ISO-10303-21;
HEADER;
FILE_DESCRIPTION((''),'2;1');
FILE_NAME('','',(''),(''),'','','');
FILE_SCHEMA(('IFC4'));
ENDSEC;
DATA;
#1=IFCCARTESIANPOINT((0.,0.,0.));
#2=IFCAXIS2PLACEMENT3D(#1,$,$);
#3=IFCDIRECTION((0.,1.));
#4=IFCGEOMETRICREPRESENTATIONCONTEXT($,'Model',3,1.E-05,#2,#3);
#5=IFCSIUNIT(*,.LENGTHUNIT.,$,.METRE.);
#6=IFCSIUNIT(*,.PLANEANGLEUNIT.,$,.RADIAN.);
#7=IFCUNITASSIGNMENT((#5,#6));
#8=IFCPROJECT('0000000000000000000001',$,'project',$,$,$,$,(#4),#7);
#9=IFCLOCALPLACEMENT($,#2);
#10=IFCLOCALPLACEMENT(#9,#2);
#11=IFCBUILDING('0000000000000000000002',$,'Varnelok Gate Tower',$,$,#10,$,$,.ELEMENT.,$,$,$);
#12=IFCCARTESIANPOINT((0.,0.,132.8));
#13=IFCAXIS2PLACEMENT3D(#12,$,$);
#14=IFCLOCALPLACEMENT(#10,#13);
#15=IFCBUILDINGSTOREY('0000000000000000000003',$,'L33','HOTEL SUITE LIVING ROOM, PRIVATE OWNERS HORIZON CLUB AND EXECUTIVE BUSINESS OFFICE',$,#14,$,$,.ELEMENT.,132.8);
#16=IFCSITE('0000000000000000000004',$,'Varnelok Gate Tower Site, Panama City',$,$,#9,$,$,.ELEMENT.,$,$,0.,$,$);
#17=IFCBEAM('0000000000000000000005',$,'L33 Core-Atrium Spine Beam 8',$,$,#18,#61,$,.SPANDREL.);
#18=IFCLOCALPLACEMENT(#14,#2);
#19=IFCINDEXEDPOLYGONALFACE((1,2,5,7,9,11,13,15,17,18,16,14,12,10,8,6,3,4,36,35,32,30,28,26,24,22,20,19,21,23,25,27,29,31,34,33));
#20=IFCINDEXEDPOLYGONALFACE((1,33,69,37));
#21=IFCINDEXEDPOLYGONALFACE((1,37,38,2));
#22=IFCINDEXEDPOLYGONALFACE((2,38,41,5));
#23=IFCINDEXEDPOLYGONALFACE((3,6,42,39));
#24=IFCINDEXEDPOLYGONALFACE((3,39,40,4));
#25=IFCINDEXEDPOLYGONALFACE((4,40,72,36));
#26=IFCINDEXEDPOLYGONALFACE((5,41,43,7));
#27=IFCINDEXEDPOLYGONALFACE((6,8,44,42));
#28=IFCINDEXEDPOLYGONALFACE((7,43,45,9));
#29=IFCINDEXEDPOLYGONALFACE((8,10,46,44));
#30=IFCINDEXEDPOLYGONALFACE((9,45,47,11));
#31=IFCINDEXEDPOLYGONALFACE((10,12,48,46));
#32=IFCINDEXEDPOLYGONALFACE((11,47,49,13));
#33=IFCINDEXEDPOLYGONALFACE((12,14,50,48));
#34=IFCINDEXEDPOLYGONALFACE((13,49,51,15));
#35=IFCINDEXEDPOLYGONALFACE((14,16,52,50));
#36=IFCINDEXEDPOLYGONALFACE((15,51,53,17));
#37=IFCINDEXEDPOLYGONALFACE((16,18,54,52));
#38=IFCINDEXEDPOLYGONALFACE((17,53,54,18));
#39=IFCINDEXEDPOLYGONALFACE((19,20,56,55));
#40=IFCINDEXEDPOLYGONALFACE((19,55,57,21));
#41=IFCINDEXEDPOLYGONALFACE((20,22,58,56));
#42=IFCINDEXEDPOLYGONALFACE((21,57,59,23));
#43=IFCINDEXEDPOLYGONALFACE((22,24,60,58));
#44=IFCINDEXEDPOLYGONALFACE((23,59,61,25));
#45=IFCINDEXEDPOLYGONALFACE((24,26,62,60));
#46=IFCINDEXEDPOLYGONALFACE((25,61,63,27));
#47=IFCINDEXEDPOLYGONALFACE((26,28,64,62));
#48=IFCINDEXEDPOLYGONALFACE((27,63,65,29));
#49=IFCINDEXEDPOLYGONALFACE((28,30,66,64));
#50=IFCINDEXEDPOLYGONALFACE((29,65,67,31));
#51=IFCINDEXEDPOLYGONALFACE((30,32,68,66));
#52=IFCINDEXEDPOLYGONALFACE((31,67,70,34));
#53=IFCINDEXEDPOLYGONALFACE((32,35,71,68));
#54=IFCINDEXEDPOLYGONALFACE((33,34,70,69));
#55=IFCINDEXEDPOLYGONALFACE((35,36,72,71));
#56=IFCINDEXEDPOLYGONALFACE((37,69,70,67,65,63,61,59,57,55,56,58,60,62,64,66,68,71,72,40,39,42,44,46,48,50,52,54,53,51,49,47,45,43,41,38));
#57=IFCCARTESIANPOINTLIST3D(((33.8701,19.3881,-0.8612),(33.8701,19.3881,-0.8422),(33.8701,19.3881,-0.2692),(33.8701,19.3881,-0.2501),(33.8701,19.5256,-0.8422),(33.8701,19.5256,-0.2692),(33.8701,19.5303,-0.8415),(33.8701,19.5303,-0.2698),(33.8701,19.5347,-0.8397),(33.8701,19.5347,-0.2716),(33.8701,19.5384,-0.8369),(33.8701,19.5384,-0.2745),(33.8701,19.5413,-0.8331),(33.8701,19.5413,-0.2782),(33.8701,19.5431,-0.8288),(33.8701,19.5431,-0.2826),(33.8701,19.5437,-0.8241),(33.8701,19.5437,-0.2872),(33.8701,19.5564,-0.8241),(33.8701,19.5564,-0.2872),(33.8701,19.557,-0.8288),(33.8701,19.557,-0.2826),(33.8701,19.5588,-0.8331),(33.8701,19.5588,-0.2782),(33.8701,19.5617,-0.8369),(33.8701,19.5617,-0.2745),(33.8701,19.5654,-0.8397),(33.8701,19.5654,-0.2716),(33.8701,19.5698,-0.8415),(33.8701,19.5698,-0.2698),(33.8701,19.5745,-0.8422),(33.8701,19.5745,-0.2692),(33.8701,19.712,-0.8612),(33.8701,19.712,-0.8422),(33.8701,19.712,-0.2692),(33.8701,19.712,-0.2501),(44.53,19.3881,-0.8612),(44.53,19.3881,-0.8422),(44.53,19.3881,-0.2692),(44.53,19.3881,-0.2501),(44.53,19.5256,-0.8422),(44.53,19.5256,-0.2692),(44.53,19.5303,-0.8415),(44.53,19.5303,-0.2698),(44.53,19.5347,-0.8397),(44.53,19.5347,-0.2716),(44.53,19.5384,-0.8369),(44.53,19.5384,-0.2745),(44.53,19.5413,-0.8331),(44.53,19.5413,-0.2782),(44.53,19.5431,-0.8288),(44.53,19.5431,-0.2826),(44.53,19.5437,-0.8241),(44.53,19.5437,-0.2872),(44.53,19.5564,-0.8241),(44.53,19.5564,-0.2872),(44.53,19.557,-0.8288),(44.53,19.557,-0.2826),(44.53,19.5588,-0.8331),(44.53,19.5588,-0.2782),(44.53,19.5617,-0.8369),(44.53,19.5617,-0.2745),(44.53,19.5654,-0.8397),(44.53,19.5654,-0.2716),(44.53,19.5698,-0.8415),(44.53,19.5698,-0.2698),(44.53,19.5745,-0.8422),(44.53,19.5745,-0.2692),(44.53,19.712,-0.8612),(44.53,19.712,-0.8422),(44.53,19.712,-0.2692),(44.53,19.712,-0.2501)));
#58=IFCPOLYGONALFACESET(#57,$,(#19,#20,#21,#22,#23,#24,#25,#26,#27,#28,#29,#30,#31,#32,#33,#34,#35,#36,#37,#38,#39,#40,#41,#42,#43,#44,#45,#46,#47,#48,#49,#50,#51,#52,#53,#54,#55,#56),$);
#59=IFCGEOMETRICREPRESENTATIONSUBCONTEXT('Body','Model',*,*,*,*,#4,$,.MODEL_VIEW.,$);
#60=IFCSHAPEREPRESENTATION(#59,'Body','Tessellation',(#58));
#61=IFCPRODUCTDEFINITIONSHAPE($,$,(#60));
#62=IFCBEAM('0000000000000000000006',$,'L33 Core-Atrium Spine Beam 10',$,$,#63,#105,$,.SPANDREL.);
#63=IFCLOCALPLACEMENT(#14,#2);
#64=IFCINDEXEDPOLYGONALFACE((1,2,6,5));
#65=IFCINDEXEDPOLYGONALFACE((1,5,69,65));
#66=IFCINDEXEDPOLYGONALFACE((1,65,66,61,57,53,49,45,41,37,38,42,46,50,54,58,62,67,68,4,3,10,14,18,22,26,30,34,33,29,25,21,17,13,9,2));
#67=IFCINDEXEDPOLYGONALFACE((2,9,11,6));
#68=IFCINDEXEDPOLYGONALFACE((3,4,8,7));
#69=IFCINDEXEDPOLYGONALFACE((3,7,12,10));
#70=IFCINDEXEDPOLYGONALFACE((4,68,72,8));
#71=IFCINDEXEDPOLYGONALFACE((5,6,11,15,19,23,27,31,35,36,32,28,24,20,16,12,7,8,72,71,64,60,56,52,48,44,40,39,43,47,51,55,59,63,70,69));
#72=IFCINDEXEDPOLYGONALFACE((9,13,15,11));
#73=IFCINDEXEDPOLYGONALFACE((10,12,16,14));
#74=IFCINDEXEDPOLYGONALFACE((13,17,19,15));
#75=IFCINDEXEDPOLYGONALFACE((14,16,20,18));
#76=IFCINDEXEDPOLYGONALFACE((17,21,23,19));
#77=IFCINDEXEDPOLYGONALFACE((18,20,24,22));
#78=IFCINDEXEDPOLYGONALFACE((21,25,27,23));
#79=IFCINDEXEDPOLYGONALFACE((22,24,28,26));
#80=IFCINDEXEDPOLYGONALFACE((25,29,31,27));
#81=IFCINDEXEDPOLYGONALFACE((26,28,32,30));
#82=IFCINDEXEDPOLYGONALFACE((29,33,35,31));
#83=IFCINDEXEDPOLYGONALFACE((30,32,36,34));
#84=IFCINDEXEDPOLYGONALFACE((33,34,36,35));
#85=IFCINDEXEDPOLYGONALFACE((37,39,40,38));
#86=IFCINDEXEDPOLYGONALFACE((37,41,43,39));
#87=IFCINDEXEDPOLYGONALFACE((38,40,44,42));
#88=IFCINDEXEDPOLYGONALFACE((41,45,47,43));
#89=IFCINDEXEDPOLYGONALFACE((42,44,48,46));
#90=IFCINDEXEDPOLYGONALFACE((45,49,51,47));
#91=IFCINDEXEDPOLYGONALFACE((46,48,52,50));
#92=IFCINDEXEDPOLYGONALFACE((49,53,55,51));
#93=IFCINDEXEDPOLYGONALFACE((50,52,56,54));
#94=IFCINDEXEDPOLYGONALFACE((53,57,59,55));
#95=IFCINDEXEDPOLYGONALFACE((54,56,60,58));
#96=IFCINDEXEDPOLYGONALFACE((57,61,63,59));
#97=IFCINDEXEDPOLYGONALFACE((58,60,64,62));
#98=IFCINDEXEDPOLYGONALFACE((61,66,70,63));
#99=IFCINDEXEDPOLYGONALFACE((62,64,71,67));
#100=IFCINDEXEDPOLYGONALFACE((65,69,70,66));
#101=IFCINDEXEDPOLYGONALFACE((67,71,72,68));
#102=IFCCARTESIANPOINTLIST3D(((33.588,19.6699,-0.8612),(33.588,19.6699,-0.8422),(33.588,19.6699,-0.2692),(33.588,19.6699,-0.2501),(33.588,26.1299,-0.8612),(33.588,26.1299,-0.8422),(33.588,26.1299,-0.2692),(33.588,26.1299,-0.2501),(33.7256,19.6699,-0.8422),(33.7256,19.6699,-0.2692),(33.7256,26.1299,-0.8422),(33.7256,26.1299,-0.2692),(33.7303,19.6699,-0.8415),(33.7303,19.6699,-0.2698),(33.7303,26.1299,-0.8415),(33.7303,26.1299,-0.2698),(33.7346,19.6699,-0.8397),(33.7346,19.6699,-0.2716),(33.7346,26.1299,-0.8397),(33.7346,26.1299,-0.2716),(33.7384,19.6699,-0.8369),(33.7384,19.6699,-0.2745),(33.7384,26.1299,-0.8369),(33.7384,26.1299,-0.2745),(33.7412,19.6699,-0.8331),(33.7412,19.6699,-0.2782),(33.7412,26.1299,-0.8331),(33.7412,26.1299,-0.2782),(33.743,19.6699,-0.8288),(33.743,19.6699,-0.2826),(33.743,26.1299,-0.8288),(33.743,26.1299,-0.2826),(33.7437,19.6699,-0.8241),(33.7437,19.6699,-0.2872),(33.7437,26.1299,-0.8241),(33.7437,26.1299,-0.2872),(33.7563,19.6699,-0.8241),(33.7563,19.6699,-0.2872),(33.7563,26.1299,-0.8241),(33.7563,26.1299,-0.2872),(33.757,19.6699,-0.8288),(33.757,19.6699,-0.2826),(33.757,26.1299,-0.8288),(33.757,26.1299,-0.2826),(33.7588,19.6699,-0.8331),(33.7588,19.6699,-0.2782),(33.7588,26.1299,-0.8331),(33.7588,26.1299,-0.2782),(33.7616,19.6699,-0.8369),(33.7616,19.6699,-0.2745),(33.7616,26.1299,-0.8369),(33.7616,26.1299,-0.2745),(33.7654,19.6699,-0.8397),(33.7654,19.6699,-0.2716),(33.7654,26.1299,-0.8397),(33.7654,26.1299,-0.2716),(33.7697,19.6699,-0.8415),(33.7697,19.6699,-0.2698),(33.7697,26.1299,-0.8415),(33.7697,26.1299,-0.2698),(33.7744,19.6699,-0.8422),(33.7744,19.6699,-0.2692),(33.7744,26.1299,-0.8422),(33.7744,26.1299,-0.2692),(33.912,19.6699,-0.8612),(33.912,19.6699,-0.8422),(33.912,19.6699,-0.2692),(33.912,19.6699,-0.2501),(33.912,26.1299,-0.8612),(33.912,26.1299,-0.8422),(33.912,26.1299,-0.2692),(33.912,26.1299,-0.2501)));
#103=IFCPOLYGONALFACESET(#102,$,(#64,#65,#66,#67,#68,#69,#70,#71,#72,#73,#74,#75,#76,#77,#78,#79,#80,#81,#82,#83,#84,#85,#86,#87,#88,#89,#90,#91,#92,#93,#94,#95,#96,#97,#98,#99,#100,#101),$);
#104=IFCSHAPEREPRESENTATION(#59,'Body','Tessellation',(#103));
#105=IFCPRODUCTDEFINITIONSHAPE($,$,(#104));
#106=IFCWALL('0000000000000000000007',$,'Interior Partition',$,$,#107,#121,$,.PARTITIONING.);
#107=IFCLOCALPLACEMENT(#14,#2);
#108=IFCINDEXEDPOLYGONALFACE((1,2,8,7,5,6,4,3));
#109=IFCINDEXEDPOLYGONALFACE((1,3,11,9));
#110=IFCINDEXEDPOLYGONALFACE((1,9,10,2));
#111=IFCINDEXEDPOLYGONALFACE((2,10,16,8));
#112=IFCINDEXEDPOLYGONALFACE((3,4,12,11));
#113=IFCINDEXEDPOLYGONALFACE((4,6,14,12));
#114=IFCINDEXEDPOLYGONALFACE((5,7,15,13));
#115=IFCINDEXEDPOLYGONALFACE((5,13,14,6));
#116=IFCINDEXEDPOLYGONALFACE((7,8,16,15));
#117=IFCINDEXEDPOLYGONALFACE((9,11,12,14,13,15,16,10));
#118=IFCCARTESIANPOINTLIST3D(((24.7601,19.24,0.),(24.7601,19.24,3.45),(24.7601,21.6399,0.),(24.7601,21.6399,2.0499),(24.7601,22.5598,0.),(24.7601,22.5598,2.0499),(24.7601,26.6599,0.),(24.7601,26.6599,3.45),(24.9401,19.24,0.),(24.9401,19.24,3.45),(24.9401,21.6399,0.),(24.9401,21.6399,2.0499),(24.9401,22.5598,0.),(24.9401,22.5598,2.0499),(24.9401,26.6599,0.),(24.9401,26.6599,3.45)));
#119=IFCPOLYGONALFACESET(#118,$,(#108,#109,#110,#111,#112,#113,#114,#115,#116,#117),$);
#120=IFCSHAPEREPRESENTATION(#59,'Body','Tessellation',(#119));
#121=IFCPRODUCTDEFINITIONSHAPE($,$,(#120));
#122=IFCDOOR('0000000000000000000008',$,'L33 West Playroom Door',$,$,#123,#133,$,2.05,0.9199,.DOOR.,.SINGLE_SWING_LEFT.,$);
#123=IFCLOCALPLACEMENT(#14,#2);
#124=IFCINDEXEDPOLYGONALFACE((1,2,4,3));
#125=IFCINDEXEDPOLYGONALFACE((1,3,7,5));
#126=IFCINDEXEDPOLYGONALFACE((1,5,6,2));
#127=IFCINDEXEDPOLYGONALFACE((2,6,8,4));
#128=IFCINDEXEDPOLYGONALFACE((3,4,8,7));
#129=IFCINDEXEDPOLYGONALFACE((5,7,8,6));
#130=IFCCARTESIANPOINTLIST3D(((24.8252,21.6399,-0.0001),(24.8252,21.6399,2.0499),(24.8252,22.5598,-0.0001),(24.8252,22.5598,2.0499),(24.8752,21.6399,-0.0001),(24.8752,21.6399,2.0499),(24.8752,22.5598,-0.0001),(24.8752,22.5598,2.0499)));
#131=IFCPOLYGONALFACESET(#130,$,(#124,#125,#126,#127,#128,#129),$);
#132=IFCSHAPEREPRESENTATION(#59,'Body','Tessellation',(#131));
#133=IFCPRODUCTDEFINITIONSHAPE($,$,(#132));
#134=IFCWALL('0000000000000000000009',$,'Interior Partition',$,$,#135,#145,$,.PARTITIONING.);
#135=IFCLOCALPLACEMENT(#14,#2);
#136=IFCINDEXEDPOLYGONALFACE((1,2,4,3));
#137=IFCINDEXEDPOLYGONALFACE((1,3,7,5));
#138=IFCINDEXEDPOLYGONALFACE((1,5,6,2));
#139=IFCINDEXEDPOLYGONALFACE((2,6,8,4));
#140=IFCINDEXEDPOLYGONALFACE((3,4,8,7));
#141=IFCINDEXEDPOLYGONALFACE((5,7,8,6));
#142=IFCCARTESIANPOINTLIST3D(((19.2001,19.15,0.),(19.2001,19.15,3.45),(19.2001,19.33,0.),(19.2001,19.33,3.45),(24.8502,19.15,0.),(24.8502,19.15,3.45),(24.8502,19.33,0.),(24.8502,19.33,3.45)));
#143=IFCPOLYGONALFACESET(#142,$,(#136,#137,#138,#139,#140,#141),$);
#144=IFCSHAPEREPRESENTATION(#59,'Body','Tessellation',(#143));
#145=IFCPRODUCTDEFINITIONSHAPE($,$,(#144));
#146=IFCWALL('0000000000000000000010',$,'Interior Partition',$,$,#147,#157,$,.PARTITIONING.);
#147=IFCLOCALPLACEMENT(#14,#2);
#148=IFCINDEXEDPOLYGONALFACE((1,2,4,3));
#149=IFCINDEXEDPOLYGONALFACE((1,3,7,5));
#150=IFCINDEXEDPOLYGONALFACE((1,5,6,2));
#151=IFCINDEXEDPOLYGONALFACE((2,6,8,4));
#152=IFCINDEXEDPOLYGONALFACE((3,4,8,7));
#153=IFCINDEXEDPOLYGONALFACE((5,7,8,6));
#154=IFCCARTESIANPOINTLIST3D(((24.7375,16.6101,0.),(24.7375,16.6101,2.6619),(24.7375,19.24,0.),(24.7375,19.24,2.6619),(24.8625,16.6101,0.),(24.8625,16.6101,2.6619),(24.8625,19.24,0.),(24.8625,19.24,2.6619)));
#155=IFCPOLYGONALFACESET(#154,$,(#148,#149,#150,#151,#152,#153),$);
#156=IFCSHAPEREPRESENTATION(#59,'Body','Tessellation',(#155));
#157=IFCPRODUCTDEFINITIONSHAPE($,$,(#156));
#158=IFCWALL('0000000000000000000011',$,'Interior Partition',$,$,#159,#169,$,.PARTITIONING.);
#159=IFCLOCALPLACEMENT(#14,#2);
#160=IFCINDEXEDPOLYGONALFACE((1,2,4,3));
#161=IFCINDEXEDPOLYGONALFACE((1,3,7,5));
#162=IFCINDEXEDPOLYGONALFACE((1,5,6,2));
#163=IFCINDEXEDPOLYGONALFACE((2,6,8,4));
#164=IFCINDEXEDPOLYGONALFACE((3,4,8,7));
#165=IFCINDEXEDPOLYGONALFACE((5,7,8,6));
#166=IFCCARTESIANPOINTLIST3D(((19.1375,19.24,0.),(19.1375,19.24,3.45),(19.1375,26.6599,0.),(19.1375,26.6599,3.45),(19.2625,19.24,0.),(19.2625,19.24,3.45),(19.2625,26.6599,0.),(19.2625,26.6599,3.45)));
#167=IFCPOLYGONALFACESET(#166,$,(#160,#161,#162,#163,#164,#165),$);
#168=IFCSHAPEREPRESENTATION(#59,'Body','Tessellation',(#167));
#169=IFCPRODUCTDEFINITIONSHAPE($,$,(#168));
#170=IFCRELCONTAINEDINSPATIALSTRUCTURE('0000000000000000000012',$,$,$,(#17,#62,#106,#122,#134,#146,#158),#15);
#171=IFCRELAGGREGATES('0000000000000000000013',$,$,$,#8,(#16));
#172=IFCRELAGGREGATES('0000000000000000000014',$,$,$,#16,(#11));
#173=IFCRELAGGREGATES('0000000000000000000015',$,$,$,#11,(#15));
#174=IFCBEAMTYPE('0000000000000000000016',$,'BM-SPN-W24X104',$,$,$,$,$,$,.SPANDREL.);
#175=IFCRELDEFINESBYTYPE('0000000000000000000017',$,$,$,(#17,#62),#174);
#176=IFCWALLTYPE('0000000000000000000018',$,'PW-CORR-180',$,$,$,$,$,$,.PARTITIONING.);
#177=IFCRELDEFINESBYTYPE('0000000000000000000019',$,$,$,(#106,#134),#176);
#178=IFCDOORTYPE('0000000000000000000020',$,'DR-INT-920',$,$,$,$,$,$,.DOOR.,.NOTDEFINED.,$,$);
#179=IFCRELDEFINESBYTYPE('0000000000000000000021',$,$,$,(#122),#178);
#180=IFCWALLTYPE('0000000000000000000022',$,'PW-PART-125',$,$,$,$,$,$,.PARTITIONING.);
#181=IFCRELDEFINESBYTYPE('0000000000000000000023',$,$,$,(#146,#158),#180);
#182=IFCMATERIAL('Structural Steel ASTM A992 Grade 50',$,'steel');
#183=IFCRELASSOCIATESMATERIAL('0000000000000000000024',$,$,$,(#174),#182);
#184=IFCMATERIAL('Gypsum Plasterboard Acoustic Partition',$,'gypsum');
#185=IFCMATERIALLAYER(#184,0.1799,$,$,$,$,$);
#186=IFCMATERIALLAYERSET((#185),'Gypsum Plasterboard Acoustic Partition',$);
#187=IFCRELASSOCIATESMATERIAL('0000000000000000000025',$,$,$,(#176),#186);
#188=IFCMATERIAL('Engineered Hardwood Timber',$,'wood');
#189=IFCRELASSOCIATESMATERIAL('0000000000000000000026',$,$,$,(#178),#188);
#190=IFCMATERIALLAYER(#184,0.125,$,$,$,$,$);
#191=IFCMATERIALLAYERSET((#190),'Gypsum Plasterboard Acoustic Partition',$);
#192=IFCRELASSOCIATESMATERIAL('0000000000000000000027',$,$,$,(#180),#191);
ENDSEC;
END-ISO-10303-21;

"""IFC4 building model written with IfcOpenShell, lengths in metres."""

from ifc_helpers import new_model, si_unit, direction, frame, frame_2d, origin, origin_2d, place, context, subcontext, project, spatial, rectangle, i_section, extrude, material, layer, layer_set, material_profile, profile_set, type_object, element, fill, save


model = new_model("IFC4")

# Units and contexts
model_context = context("Model", 3, precision=1e-05, world=origin(), true_north=direction((0.0, 1.0)))
body_context = subcontext(model_context, "Body", "Model", "MODEL_VIEW")
ifc_project = project(units=[si_unit("LENGTHUNIT", "METRE"), si_unit("PLANEANGLEUNIT", "RADIAN")], contexts=[model_context])

# Site, building, storey
site_placement = place(None, origin())
site = spatial("IfcSite", under=ifc_project, at=site_placement, Name="Varnelok Gate Tower Site, Panama City", CompositionType="ELEMENT", RefElevation=0.0)
building_placement = place(site_placement, origin())
building = spatial("IfcBuilding", under=site, at=building_placement, Name="Varnelok Gate Tower", CompositionType="ELEMENT")
storey_placement = place(building_placement, frame((0.0, 0.0, 132.8)))
storey = spatial("IfcBuildingStorey", under=building, at=storey_placement, Name="L33", Description="HOTEL SUITE LIVING ROOM, PRIVATE OWNERS HORIZON CLUB AND EXECUTIVE BUSINESS OFFICE", CompositionType="ELEMENT", Elevation=132.8)

# Shared definitions
ifc_material_1 = material(Name="Structural Steel ASTM A992 Grade 50", Category="steel")

# Beams
ifc_material_profile_1 = material_profile(ifc_material_1, i_section(OverallWidth=0.324, OverallDepth=0.6111, WebThickness=0.0127, FlangeThickness=0.019, FilletRadius=0.0181, at=origin_2d()), Name="W24X104")
ifc_profile_set_1 = profile_set([ifc_material_profile_1], Name="Structural Steel ASTM A992 Grade 50")
beam_type_1 = type_object("IfcBeamType", Name="BM-SPN-W24X104", PredefinedType="SPANDREL", material=ifc_profile_set_1)
beam_1_placement = place(storey_placement, frame((33.8701, 19.55, -0.5557), z_axis=(1.0, 0.0, 0.0), x_axis=(0.0, 1.0, 0.0)))
element("IfcBeam", 1, at=beam_1_placement, inside=storey, type_object=beam_type_1, Name="L33 Core-Atrium Spine Beam 8", PredefinedType="SPANDREL", context=body_context, shape_type="SweptSolid", body=[
    extrude(i_section(OverallWidth=0.324, OverallDepth=0.6111, WebThickness=0.0127, FlangeThickness=0.019, FilletRadius=0.0181, at=origin_2d()), origin(), (0.0, 0.0, 1.0), 10.6599),
])
beam_2_placement = place(storey_placement, frame((33.75, 19.6699, -0.5557), z_axis=(0.0, 1.0, 0.0), x_axis=(-1.0, 0.0, 0.0)))
element("IfcBeam", 2, at=beam_2_placement, inside=storey, type_object=beam_type_1, Name="L33 Core-Atrium Spine Beam 10", PredefinedType="SPANDREL", context=body_context, shape_type="SweptSolid", body=[
    extrude(i_section(OverallWidth=0.324, OverallDepth=0.6111, WebThickness=0.0127, FlangeThickness=0.019, FilletRadius=0.0181, at=origin_2d()), origin(), (0.0, 0.0, 1.0), 6.46),
])

# Wall, opening, door
ifc_material_2 = material(Name="Gypsum Plasterboard Acoustic Partition", Category="gypsum")
ifc_layer_1 = layer(ifc_material_2, 0.1799)
ifc_layer_set_1 = layer_set([ifc_layer_1], Name="Gypsum Plasterboard Acoustic Partition")
wall_type_1 = type_object("IfcWallType", Name="PW-CORR-180", PredefinedType="PARTITIONING", material=ifc_layer_set_1)
wall_1_placement = place(storey_placement, frame((24.8501, 19.24, 0.0), z_axis=(0.0, 0.0, 1.0), x_axis=(0.0, 1.0, 0.0)))
wall_1 = element("IfcWall", 3, at=wall_1_placement, inside=storey, type_object=wall_type_1, Name="Interior Partition", PredefinedType="PARTITIONING", context=body_context, shape_type="SweptSolid", body=[
    extrude(rectangle(XDim=7.4199, YDim=0.1799, at=frame_2d((3.71, 0.0))), origin(), (0.0, 0.0, 1.0), 3.45),
])
opening_1_placement = place(wall_1_placement, frame((2.3999, 0.0, 0.0)))
opening_1 = element("IfcOpeningElement", 4, at=opening_1_placement, cuts=wall_1, PredefinedType="OPENING", context=body_context, shape_type="SweptSolid", body=[
    extrude(rectangle(XDim=0.9199, YDim=2.05, at=frame_2d((0.46, 1.0249))), frame((0.0, 0.0999, 0.0), z_axis=(0.0, -1.0, 0.0), x_axis=(1.0, 0.0, 0.0)), (0.0, 0.0, 1.0), 0.2),
])
ifc_material_3 = material(Name="Engineered Hardwood Timber", Category="wood")
door_type = type_object("IfcDoorType", Name="DR-INT-920", OperationType="NOTDEFINED", PredefinedType="DOOR", material=ifc_material_3)
door_1_placement = place(opening_1_placement, origin())
door_1 = element("IfcDoor", 5, at=door_1_placement, inside=storey, type_object=door_type, Name="L33 West Playroom Door", OperationType="SINGLE_SWING_LEFT", OverallHeight=2.05, OverallWidth=0.9199, PredefinedType="DOOR", context=body_context, shape_type="SweptSolid", body=[
    extrude(rectangle(XDim=0.9199, YDim=2.05, at=frame_2d((0.46, 1.0249))), frame((0.0, 0.0249, 0.0), z_axis=(0.0, -1.0, 0.0), x_axis=(1.0, 0.0, 0.0)), (0.0, 0.0, 1.0), 0.05),
])
fill(opening_1, door_1)

# Walls
wall_2_placement = place(storey_placement, frame((19.2, 19.24, 0.0), z_axis=(0.0, 0.0, 1.0), x_axis=(1.0, 0.0, 0.0)))
element("IfcWall", 6, at=wall_2_placement, inside=storey, type_object=wall_type_1, Name="Interior Partition", PredefinedType="PARTITIONING", context=body_context, shape_type="SweptSolid", body=[
    extrude(rectangle(XDim=5.6501, YDim=0.1799, at=frame_2d((2.8252, 0.0))), origin(), (0.0, 0.0, 1.0), 3.45),
])
ifc_layer_2 = layer(ifc_material_2, 0.125)
ifc_layer_set_2 = layer_set([ifc_layer_2], Name="Gypsum Plasterboard Acoustic Partition")
wall_type_2 = type_object("IfcWallType", Name="PW-PART-125", PredefinedType="PARTITIONING", material=ifc_layer_set_2)
wall_3_placement = place(storey_placement, frame((24.8, 16.6101, 0.0), z_axis=(0.0, 0.0, 1.0), x_axis=(0.0, 1.0, 0.0)))
element("IfcWall", 7, at=wall_3_placement, inside=storey, type_object=wall_type_2, Name="Interior Partition", PredefinedType="PARTITIONING", context=body_context, shape_type="SweptSolid", body=[
    extrude(rectangle(XDim=2.6299, YDim=0.125, at=frame_2d((1.3149, 0.0))), origin(), (0.0, 0.0, 1.0), 2.6619),
])
wall_4_placement = place(storey_placement, frame((19.2, 19.24, 0.0), z_axis=(0.0, 0.0, 1.0), x_axis=(0.0, 1.0, 0.0)))
element("IfcWall", 8, at=wall_4_placement, inside=storey, type_object=wall_type_2, Name="Interior Partition", PredefinedType="PARTITIONING", context=body_context, shape_type="SweptSolid", body=[
    extrude(rectangle(XDim=7.4199, YDim=0.125, at=frame_2d((3.71, 0.0))), origin(), (0.0, 0.0, 1.0), 3.45),
])

save(model, "model.ifc")
